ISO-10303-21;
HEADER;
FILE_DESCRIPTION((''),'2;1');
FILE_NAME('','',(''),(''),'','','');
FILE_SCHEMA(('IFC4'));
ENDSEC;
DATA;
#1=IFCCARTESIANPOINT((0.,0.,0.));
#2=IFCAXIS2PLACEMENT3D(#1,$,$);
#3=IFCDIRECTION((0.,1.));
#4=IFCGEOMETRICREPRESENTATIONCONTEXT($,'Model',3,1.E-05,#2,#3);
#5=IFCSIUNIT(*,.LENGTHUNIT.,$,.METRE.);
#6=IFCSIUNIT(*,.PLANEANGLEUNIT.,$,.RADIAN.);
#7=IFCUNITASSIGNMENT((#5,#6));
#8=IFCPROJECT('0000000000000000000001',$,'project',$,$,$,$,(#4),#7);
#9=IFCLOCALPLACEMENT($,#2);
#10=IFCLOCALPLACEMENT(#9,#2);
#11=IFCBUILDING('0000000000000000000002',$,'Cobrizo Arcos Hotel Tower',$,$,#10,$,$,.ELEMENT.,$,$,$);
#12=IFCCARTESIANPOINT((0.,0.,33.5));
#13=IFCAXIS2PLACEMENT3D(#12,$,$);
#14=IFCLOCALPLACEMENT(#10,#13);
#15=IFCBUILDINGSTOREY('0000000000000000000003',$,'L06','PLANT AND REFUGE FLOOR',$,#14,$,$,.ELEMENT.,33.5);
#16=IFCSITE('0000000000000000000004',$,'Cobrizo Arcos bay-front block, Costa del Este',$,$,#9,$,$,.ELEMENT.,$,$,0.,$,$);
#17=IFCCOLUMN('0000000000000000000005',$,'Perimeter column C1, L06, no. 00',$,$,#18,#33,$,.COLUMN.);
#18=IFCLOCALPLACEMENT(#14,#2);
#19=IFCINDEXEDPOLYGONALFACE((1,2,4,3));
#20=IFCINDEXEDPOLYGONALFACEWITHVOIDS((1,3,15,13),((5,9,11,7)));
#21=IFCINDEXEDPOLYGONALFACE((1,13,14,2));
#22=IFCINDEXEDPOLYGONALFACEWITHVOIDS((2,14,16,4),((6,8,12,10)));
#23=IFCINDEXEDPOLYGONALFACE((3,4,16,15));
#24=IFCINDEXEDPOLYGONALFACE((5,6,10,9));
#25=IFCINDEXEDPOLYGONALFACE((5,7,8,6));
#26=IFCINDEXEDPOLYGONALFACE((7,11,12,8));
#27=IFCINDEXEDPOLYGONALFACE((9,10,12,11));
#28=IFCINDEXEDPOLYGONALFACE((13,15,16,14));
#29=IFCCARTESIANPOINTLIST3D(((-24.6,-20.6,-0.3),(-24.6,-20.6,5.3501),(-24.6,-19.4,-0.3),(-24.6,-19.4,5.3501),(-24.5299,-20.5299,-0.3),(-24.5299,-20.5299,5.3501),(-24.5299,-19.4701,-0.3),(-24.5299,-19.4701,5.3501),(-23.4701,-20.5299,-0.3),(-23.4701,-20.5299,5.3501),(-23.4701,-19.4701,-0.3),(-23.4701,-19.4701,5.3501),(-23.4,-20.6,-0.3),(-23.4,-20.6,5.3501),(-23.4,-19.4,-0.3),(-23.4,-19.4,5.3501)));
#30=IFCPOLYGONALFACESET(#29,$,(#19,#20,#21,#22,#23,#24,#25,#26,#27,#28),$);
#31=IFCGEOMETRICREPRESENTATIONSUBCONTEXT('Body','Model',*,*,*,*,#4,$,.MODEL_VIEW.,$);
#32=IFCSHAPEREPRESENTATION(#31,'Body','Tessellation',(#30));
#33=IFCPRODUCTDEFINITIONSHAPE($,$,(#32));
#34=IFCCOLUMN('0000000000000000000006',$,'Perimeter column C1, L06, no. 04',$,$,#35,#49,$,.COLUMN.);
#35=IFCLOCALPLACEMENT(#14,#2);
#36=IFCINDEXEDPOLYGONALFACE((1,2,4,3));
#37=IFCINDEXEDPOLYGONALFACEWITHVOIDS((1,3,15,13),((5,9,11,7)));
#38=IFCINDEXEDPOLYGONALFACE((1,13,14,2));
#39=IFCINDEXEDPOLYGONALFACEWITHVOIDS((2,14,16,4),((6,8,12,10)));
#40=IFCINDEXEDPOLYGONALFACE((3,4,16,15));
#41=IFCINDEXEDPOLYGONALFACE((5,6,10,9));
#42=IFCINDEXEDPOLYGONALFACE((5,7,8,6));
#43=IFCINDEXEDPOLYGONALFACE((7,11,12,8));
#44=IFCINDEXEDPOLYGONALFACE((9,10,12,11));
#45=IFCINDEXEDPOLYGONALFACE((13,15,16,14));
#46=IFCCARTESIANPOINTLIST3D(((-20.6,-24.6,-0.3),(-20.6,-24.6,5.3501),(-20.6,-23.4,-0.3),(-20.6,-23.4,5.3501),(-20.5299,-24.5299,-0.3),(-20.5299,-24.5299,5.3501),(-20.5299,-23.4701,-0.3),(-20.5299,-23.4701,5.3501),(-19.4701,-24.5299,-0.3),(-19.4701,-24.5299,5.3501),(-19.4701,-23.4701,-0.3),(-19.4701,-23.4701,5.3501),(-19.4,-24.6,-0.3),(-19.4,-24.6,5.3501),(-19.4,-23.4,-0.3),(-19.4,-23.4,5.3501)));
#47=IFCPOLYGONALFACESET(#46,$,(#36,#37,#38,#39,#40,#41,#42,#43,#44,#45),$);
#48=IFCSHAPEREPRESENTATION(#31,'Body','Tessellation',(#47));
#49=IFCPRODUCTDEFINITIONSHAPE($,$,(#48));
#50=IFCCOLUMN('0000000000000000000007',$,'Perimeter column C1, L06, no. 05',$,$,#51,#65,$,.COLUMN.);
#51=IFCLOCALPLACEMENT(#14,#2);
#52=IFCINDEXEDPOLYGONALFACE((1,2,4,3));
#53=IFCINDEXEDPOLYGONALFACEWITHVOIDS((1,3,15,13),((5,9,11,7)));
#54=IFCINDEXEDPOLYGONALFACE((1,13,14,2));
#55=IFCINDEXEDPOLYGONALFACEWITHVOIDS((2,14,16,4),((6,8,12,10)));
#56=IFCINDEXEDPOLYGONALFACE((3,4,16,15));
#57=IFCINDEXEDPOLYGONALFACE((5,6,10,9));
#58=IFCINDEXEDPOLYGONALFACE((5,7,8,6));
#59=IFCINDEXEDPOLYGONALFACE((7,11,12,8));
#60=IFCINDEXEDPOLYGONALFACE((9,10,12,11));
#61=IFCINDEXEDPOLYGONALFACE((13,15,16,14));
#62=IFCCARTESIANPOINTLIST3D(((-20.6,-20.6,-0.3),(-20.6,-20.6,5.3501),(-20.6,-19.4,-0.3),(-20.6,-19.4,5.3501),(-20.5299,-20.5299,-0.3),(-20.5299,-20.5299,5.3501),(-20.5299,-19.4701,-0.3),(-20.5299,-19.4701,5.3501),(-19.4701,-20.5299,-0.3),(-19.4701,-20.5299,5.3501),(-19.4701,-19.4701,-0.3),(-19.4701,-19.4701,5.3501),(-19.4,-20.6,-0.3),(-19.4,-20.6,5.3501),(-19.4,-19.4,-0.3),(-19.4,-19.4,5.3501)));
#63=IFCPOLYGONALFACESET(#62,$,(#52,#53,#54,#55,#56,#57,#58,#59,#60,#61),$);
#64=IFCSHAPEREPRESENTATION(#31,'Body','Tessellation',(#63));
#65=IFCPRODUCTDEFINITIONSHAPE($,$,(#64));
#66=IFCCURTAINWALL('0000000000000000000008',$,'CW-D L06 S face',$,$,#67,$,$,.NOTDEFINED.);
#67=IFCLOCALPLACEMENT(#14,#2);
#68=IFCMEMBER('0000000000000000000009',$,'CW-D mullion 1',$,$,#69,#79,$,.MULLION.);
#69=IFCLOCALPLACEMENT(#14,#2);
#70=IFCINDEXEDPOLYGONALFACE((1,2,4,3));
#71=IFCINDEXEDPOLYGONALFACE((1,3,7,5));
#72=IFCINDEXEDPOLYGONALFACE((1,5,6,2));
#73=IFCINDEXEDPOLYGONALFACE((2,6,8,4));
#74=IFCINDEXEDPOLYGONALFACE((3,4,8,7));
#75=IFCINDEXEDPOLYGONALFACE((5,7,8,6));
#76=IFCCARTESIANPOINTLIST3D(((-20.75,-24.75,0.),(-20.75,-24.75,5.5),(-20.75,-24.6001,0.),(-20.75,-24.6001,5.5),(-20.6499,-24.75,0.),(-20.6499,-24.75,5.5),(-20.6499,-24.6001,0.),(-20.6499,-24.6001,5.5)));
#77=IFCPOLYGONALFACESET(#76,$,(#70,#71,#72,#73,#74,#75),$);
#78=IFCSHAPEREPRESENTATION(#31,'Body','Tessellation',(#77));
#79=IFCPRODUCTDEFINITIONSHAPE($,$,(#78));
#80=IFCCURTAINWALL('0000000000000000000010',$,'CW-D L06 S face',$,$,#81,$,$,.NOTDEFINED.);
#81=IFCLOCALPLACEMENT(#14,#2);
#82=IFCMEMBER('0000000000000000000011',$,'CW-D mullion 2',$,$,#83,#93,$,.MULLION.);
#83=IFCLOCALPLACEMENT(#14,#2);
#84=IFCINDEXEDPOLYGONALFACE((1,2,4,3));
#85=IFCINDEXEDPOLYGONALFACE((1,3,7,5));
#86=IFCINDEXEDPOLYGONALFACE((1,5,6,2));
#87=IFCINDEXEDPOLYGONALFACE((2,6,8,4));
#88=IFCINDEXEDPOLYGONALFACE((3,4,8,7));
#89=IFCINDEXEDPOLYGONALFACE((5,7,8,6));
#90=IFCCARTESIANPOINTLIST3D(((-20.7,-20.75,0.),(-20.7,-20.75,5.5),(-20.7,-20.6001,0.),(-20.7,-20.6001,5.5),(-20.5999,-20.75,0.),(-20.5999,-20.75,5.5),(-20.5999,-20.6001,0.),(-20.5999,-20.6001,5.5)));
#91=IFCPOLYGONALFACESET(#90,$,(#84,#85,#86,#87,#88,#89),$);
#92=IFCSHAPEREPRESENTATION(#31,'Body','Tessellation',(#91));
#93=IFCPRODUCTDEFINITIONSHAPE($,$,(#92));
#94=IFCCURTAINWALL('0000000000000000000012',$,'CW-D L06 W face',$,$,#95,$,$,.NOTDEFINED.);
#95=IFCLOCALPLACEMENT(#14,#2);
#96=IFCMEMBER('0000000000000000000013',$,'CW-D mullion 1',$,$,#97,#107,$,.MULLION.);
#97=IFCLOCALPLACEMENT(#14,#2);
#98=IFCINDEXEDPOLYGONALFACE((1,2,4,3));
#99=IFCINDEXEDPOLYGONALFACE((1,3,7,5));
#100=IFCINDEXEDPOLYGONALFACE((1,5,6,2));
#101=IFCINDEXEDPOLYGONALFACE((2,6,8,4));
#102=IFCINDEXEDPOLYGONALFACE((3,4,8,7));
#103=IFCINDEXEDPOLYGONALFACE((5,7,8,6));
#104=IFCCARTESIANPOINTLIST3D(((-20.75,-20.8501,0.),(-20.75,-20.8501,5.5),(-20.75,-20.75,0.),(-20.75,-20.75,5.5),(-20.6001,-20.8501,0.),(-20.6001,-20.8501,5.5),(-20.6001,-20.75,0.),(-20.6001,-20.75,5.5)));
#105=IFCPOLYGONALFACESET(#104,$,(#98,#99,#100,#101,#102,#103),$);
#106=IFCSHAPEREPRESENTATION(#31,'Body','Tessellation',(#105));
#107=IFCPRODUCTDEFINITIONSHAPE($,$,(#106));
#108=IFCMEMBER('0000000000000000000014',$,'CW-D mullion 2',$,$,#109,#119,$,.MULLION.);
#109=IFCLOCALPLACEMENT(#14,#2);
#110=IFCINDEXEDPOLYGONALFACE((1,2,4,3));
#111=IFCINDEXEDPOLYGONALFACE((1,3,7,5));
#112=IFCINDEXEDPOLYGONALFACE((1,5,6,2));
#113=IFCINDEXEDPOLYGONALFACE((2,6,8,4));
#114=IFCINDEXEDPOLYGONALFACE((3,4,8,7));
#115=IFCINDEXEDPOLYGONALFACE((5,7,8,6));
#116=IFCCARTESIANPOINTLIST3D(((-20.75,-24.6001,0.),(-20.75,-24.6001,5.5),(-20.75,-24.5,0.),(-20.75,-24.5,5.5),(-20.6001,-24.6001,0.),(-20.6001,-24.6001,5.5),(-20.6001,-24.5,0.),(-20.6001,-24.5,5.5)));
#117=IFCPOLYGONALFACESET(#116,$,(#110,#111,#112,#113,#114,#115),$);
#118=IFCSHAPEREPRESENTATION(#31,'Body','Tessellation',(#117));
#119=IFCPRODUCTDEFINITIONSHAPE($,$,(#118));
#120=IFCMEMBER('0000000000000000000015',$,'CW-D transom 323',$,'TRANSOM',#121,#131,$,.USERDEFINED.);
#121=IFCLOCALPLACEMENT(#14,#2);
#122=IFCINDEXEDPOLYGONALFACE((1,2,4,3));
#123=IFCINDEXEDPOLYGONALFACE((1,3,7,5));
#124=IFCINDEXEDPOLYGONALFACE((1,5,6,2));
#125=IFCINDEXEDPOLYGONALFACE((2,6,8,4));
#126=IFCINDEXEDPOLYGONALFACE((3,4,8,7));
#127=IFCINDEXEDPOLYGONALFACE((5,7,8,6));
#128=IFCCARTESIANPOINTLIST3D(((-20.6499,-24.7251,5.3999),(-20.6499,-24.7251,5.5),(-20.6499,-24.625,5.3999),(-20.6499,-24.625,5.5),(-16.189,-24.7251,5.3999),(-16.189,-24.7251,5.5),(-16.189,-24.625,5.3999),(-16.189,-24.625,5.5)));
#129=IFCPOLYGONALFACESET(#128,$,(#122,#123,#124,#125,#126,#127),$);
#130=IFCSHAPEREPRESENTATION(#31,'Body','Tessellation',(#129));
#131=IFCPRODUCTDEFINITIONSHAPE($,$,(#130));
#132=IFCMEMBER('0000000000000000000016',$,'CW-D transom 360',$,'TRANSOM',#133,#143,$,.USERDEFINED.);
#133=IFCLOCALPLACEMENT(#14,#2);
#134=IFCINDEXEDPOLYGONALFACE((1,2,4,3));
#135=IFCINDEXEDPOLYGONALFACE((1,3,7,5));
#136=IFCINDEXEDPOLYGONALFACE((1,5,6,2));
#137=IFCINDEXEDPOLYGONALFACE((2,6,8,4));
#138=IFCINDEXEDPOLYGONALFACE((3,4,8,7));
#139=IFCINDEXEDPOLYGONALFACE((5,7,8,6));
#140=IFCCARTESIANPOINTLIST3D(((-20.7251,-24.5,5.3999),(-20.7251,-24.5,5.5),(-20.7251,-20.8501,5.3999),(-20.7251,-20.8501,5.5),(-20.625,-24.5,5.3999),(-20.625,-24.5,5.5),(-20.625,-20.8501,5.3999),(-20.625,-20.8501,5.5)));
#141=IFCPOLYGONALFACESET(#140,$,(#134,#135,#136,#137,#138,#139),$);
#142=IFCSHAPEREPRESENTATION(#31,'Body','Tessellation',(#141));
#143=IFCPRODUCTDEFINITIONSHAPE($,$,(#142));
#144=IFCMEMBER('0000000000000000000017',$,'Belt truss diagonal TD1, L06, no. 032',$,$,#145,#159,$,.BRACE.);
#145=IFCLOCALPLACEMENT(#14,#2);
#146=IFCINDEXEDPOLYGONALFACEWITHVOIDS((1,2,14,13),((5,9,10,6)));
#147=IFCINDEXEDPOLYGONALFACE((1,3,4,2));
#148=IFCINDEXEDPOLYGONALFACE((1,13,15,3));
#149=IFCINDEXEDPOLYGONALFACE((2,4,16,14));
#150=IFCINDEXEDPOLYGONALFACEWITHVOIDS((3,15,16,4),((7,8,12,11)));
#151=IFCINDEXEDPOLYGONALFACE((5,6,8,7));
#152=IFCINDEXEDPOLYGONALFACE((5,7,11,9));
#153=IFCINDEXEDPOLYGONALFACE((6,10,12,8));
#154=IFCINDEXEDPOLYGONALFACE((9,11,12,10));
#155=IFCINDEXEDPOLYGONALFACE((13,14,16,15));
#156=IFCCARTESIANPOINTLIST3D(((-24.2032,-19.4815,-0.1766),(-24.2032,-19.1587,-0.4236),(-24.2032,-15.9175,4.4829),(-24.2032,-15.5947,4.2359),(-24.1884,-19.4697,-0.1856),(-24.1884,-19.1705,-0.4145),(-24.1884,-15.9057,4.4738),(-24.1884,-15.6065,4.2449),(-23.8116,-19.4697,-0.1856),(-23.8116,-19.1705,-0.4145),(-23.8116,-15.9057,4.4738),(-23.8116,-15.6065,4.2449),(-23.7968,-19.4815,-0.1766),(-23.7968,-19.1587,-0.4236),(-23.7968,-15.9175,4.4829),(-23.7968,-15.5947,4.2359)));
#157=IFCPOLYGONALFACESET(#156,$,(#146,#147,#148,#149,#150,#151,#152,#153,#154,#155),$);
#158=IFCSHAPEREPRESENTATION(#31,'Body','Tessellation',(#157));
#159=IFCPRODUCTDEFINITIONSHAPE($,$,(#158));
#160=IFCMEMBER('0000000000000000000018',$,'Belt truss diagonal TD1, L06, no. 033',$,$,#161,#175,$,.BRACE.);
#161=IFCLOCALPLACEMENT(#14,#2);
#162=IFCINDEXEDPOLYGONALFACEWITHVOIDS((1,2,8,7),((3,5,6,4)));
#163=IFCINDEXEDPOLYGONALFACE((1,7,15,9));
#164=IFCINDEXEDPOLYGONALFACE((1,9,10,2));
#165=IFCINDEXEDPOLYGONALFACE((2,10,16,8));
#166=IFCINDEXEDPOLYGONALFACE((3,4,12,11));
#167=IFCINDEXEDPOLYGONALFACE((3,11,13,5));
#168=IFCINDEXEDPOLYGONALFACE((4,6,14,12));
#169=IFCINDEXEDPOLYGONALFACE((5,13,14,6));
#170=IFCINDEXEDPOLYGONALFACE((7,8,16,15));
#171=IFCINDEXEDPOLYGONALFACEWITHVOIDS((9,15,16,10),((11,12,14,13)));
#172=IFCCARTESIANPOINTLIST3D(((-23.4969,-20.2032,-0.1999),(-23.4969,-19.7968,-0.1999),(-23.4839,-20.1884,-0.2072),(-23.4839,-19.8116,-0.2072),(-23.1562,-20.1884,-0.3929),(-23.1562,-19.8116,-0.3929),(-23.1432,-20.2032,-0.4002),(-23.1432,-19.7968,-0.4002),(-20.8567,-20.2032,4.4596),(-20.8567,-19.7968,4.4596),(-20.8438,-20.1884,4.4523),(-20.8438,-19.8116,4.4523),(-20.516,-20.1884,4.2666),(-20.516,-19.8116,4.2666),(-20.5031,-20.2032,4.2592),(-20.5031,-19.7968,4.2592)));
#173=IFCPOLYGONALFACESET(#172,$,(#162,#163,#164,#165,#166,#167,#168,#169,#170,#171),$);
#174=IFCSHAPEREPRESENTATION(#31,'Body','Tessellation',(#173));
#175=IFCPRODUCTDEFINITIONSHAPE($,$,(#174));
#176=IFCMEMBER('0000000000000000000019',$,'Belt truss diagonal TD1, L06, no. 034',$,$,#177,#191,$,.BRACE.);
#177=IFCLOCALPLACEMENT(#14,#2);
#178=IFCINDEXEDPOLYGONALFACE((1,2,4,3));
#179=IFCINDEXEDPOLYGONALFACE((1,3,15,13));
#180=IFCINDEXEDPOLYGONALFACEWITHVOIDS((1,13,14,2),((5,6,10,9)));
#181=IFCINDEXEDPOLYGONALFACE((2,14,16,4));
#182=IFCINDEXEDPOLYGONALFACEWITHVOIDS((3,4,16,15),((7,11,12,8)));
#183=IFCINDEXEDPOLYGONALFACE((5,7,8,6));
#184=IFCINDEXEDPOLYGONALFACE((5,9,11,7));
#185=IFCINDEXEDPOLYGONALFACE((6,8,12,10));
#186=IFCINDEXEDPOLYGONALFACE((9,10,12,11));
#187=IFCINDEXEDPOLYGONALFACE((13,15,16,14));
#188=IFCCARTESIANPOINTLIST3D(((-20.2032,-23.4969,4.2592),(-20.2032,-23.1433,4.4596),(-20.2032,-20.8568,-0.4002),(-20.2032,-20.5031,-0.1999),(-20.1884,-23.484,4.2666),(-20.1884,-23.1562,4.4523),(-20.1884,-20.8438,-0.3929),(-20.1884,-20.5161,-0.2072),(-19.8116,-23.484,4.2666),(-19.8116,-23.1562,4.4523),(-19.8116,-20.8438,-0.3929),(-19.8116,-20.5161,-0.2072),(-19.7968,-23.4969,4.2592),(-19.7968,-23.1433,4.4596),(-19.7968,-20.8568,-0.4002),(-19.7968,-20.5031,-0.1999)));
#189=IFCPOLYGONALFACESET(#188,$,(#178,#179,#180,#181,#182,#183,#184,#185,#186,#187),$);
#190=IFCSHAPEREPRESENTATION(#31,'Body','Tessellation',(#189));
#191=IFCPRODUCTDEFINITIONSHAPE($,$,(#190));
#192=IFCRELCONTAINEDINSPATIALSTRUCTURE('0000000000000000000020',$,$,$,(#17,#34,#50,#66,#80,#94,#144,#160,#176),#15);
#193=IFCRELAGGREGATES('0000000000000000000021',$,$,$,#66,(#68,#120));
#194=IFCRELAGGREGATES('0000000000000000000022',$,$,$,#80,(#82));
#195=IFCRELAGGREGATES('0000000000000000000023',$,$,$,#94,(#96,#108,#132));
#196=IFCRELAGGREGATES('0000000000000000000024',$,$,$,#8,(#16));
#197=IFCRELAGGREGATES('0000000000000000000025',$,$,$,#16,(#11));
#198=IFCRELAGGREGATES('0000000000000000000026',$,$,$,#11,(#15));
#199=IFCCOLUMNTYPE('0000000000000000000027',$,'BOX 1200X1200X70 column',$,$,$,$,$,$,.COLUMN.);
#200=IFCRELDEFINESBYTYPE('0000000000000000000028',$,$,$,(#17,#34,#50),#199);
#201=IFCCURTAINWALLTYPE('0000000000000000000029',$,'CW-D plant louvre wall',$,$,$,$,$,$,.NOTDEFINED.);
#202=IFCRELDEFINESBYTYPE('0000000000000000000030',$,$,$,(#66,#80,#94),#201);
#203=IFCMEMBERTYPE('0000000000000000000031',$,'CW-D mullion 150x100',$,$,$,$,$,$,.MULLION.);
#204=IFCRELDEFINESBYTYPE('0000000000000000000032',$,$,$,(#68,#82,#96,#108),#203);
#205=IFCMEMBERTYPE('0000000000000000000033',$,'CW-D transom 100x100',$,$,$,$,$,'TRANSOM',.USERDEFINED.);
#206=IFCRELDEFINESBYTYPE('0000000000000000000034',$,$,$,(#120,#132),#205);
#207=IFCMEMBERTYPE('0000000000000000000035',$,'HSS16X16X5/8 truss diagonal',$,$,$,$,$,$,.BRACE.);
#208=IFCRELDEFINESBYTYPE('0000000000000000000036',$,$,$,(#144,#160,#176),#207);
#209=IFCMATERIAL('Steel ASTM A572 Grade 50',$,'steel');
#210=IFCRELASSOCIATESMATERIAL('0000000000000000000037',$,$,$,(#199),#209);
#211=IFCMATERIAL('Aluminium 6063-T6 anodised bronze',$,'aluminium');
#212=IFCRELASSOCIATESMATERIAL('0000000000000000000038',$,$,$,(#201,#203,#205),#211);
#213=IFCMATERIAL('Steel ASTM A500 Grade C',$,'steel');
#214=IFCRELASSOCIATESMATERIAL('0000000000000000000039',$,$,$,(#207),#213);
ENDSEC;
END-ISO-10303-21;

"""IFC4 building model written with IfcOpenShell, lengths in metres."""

from ifc_helpers import new_model, si_unit, direction, frame, origin, origin_2d, place, context, subcontext, project, spatial, rectangle, hollow_rectangle, extrude, material, material_profile, profile_set, type_object, element, aggregate, save


model = new_model("IFC4")

# Units and contexts
model_context = context("Model", 3, precision=1e-05, world=origin(), true_north=direction((0.0, 1.0)))
body_context = subcontext(model_context, "Body", "Model", "MODEL_VIEW")
ifc_project = project(units=[si_unit("LENGTHUNIT", "METRE"), si_unit("PLANEANGLEUNIT", "RADIAN")], contexts=[model_context])

# Site, building, storey
site_placement = place(None, origin())
site = spatial("IfcSite", under=ifc_project, at=site_placement, Name="Cobrizo Arcos bay-front block, Costa del Este", CompositionType="ELEMENT", RefElevation=0.0)
building_placement = place(site_placement, origin())
building = spatial("IfcBuilding", under=site, at=building_placement, Name="Cobrizo Arcos Hotel Tower", CompositionType="ELEMENT")
storey_placement = place(building_placement, frame((0.0, 0.0, 33.5)))
storey = spatial("IfcBuildingStorey", under=building, at=storey_placement, Name="L06", Description="PLANT AND REFUGE FLOOR", CompositionType="ELEMENT", Elevation=33.5)

# Columns
ifc_material_1 = material(Name="Steel ASTM A572 Grade 50", Category="steel")
ifc_material_profile_1 = material_profile(ifc_material_1, hollow_rectangle(XDim=1.2, YDim=1.2, WallThickness=0.0701, at=origin_2d()), Name="BOX 1200X1200X70")
ifc_profile_set_1 = profile_set([ifc_material_profile_1], Name="Steel ASTM A572 Grade 50")
column_type = type_object("IfcColumnType", Name="BOX 1200X1200X70 column", PredefinedType="COLUMN", material=ifc_profile_set_1)
for number, where, z_axis, x_axis, name in (
    (1, (-24.0, -20.0, -0.3), (0.0, 0.0, 1.0), (1.0, 0.0, 0.0), "Perimeter column C1, L06, no. 00"),
    (2, (-20.0, -24.0, -0.3), (0.0, 0.0, 1.0), (1.0, 0.0, 0.0), "Perimeter column C1, L06, no. 04"),
    (3, (-20.0, -20.0, -0.3), (0.0, 0.0, 1.0), (1.0, 0.0, 0.0), "Perimeter column C1, L06, no. 05"),
):
    element("IfcColumn", number, at=place(storey_placement, frame(where, z_axis=z_axis, x_axis=x_axis)), inside=storey, type_object=column_type, Name=name, PredefinedType="COLUMN", context=body_context, shape_type="SweptSolid", body=[
        extrude(hollow_rectangle(XDim=1.2, YDim=1.2, WallThickness=0.0701, at=origin_2d()), origin(), (0.0, 0.0, 1.0), 5.6501),
    ])

# Curtain walls, members
ifc_material_2 = material(Name="Aluminium 6063-T6 anodised bronze", Category="aluminium")
curtain_wall_type = type_object("IfcCurtainWallType", Name="CW-D plant louvre wall", PredefinedType="NOTDEFINED", material=ifc_material_2)
curtain_wall_1_placement = place(storey_placement, origin())
curtain_wall_1 = element("IfcCurtainWall", 4, at=curtain_wall_1_placement, inside=storey, type_object=curtain_wall_type, Name="CW-D L06 S face", PredefinedType="NOTDEFINED")
ifc_material_profile_2 = material_profile(ifc_material_2, rectangle(XDim=0.1499, YDim=0.1001, at=origin_2d()), Name="CW-D mullion 150x100")
ifc_profile_set_2 = profile_set([ifc_material_profile_2], Name="Aluminium 6063-T6 anodised bronze")
member_type_1 = type_object("IfcMemberType", Name="CW-D mullion 150x100", PredefinedType="MULLION", material=ifc_profile_set_2)
member_1_placement = place(storey_placement, frame((-20.7, -24.675, 0.0), z_axis=(0.0, 0.0, 1.0), x_axis=(0.0, -1.0, 0.0)))
member_1 = element("IfcMember", 5, at=member_1_placement, type_object=member_type_1, Name="CW-D mullion 1", PredefinedType="MULLION", context=body_context, shape_type="SweptSolid", body=[
    extrude(rectangle(XDim=0.1499, YDim=0.1001, at=origin_2d()), origin(), (0.0, 0.0, 1.0), 5.5),
])
curtain_wall_2_placement = place(storey_placement, origin())
curtain_wall_2 = element("IfcCurtainWall", 6, at=curtain_wall_2_placement, inside=storey, type_object=curtain_wall_type, Name="CW-D L06 S face", PredefinedType="NOTDEFINED")
member_2_placement = place(storey_placement, frame((-20.6499, -20.675, 0.0), z_axis=(0.0, 0.0, 1.0), x_axis=(0.0, -1.0, 0.0)))
member_2 = element("IfcMember", 7, at=member_2_placement, type_object=member_type_1, Name="CW-D mullion 2", PredefinedType="MULLION", context=body_context, shape_type="SweptSolid", body=[
    extrude(rectangle(XDim=0.1499, YDim=0.1001, at=origin_2d()), origin(), (0.0, 0.0, 1.0), 5.5),
])

# Curtain wall, members
curtain_wall_3_placement = place(storey_placement, origin())
curtain_wall_3 = element("IfcCurtainWall", 8, at=curtain_wall_3_placement, inside=storey, type_object=curtain_wall_type, Name="CW-D L06 W face", PredefinedType="NOTDEFINED")
member_3_placement = place(storey_placement, frame((-20.675, -20.8, 0.0), z_axis=(0.0, 0.0, 1.0), x_axis=(-1.0, 0.0, 0.0)))
member_3 = element("IfcMember", 9, at=member_3_placement, type_object=member_type_1, Name="CW-D mullion 1", PredefinedType="MULLION", context=body_context, shape_type="SweptSolid", body=[
    extrude(rectangle(XDim=0.1499, YDim=0.1001, at=origin_2d()), origin(), (0.0, 0.0, 1.0), 5.5),
])
member_4_placement = place(storey_placement, frame((-20.675, -24.55, 0.0), z_axis=(0.0, 0.0, 1.0), x_axis=(-1.0, 0.0, 0.0)))
member_4 = element("IfcMember", 10, at=member_4_placement, type_object=member_type_1, Name="CW-D mullion 2", PredefinedType="MULLION", context=body_context, shape_type="SweptSolid", body=[
    extrude(rectangle(XDim=0.1499, YDim=0.1001, at=origin_2d()), origin(), (0.0, 0.0, 1.0), 5.5),
])

# Members
ifc_material_profile_3 = material_profile(ifc_material_2, rectangle(XDim=0.1001, YDim=0.1001, at=origin_2d()), Name="CW-D transom 100x100")
ifc_profile_set_3 = profile_set([ifc_material_profile_3], Name="Aluminium 6063-T6 anodised bronze")
member_type_2 = type_object("IfcMemberType", Name="CW-D transom 100x100", ElementType="TRANSOM", PredefinedType="USERDEFINED", material=ifc_profile_set_3)
member_5_placement = place(storey_placement, frame((-20.6499, -24.675, 5.45), z_axis=(1.0, 0.0, 0.0), x_axis=(0.0, 1.0, 0.0)))
member_5 = element("IfcMember", 11, at=member_5_placement, type_object=member_type_2, Name="CW-D transom 323", ObjectType="TRANSOM", PredefinedType="USERDEFINED", context=body_context, shape_type="SweptSolid", body=[
    extrude(rectangle(XDim=0.1001, YDim=0.1001, at=origin_2d()), origin(), (0.0, 0.0, 1.0), 4.4609),
])
aggregate(curtain_wall_1, [member_1, member_5])
member_6_placement = place(storey_placement, frame((-20.675, -20.8501, 5.45), z_axis=(0.0, -1.0, 0.0), x_axis=(1.0, 0.0, 0.0)))
member_6 = element("IfcMember", 12, at=member_6_placement, type_object=member_type_2, Name="CW-D transom 360", ObjectType="TRANSOM", PredefinedType="USERDEFINED", context=body_context, shape_type="SweptSolid", body=[
    extrude(rectangle(XDim=0.1001, YDim=0.1001, at=origin_2d()), origin(), (0.0, 0.0, 1.0), 3.6499),
])

# Members
ifc_material_3 = material(Name="Steel ASTM A500 Grade C", Category="steel")
ifc_material_profile_4 = material_profile(ifc_material_3, hollow_rectangle(XDim=0.4065, YDim=0.4065, WallThickness=0.0149, at=origin_2d()), Name="HSS16X16X5/8")
ifc_profile_set_4 = profile_set([ifc_material_profile_4], Name="Steel ASTM A500 Grade C")
member_type_3 = type_object("IfcMemberType", Name="HSS16X16X5/8 truss diagonal", PredefinedType="BRACE", material=ifc_profile_set_4)
member_7_placement = place(storey_placement, frame((-24.0, -15.7561, 4.3594), z_axis=(0.0, -0.607544, -0.794286), x_axis=(1.0, 0.0, 0.0)))
element("IfcMember", 13, at=member_7_placement, inside=storey, type_object=member_type_3, Name="Belt truss diagonal TD1, L06, no. 032", PredefinedType="BRACE", context=body_context, shape_type="SweptSolid", body=[
    extrude(hollow_rectangle(XDim=0.4065, YDim=0.4065, WallThickness=0.0149, at=origin_2d()), origin(), (0.0, 0.0, 1.0), 5.8662),
])
for number, where, z_axis, x_axis, name in (
    (14, (-23.3201, -20.0, -0.3), (0.492984, 0.0, 0.870038), (0.0, 1.0, 0.0), "Belt truss diagonal TD1, L06, no. 033"),
    (15, (-20.0, -20.6799, -0.3), (0.0, -0.492984, 0.870038), (1.0, 0.0, 0.0), "Belt truss diagonal TD1, L06, no. 034"),
):
    element("IfcMember", number, at=place(storey_placement, frame(where, z_axis=z_axis, x_axis=x_axis)), inside=storey, type_object=member_type_3, Name=name, PredefinedType="BRACE", context=body_context, shape_type="SweptSolid", body=[
        extrude(hollow_rectangle(XDim=0.4065, YDim=0.4065, WallThickness=0.0149, at=origin_2d()), origin(), (0.0, 0.0, 1.0), 5.3555),
    ])

aggregate(curtain_wall_2, [member_2])
aggregate(curtain_wall_3, [member_3, member_4, member_6])

save(model, "model.ifc")
